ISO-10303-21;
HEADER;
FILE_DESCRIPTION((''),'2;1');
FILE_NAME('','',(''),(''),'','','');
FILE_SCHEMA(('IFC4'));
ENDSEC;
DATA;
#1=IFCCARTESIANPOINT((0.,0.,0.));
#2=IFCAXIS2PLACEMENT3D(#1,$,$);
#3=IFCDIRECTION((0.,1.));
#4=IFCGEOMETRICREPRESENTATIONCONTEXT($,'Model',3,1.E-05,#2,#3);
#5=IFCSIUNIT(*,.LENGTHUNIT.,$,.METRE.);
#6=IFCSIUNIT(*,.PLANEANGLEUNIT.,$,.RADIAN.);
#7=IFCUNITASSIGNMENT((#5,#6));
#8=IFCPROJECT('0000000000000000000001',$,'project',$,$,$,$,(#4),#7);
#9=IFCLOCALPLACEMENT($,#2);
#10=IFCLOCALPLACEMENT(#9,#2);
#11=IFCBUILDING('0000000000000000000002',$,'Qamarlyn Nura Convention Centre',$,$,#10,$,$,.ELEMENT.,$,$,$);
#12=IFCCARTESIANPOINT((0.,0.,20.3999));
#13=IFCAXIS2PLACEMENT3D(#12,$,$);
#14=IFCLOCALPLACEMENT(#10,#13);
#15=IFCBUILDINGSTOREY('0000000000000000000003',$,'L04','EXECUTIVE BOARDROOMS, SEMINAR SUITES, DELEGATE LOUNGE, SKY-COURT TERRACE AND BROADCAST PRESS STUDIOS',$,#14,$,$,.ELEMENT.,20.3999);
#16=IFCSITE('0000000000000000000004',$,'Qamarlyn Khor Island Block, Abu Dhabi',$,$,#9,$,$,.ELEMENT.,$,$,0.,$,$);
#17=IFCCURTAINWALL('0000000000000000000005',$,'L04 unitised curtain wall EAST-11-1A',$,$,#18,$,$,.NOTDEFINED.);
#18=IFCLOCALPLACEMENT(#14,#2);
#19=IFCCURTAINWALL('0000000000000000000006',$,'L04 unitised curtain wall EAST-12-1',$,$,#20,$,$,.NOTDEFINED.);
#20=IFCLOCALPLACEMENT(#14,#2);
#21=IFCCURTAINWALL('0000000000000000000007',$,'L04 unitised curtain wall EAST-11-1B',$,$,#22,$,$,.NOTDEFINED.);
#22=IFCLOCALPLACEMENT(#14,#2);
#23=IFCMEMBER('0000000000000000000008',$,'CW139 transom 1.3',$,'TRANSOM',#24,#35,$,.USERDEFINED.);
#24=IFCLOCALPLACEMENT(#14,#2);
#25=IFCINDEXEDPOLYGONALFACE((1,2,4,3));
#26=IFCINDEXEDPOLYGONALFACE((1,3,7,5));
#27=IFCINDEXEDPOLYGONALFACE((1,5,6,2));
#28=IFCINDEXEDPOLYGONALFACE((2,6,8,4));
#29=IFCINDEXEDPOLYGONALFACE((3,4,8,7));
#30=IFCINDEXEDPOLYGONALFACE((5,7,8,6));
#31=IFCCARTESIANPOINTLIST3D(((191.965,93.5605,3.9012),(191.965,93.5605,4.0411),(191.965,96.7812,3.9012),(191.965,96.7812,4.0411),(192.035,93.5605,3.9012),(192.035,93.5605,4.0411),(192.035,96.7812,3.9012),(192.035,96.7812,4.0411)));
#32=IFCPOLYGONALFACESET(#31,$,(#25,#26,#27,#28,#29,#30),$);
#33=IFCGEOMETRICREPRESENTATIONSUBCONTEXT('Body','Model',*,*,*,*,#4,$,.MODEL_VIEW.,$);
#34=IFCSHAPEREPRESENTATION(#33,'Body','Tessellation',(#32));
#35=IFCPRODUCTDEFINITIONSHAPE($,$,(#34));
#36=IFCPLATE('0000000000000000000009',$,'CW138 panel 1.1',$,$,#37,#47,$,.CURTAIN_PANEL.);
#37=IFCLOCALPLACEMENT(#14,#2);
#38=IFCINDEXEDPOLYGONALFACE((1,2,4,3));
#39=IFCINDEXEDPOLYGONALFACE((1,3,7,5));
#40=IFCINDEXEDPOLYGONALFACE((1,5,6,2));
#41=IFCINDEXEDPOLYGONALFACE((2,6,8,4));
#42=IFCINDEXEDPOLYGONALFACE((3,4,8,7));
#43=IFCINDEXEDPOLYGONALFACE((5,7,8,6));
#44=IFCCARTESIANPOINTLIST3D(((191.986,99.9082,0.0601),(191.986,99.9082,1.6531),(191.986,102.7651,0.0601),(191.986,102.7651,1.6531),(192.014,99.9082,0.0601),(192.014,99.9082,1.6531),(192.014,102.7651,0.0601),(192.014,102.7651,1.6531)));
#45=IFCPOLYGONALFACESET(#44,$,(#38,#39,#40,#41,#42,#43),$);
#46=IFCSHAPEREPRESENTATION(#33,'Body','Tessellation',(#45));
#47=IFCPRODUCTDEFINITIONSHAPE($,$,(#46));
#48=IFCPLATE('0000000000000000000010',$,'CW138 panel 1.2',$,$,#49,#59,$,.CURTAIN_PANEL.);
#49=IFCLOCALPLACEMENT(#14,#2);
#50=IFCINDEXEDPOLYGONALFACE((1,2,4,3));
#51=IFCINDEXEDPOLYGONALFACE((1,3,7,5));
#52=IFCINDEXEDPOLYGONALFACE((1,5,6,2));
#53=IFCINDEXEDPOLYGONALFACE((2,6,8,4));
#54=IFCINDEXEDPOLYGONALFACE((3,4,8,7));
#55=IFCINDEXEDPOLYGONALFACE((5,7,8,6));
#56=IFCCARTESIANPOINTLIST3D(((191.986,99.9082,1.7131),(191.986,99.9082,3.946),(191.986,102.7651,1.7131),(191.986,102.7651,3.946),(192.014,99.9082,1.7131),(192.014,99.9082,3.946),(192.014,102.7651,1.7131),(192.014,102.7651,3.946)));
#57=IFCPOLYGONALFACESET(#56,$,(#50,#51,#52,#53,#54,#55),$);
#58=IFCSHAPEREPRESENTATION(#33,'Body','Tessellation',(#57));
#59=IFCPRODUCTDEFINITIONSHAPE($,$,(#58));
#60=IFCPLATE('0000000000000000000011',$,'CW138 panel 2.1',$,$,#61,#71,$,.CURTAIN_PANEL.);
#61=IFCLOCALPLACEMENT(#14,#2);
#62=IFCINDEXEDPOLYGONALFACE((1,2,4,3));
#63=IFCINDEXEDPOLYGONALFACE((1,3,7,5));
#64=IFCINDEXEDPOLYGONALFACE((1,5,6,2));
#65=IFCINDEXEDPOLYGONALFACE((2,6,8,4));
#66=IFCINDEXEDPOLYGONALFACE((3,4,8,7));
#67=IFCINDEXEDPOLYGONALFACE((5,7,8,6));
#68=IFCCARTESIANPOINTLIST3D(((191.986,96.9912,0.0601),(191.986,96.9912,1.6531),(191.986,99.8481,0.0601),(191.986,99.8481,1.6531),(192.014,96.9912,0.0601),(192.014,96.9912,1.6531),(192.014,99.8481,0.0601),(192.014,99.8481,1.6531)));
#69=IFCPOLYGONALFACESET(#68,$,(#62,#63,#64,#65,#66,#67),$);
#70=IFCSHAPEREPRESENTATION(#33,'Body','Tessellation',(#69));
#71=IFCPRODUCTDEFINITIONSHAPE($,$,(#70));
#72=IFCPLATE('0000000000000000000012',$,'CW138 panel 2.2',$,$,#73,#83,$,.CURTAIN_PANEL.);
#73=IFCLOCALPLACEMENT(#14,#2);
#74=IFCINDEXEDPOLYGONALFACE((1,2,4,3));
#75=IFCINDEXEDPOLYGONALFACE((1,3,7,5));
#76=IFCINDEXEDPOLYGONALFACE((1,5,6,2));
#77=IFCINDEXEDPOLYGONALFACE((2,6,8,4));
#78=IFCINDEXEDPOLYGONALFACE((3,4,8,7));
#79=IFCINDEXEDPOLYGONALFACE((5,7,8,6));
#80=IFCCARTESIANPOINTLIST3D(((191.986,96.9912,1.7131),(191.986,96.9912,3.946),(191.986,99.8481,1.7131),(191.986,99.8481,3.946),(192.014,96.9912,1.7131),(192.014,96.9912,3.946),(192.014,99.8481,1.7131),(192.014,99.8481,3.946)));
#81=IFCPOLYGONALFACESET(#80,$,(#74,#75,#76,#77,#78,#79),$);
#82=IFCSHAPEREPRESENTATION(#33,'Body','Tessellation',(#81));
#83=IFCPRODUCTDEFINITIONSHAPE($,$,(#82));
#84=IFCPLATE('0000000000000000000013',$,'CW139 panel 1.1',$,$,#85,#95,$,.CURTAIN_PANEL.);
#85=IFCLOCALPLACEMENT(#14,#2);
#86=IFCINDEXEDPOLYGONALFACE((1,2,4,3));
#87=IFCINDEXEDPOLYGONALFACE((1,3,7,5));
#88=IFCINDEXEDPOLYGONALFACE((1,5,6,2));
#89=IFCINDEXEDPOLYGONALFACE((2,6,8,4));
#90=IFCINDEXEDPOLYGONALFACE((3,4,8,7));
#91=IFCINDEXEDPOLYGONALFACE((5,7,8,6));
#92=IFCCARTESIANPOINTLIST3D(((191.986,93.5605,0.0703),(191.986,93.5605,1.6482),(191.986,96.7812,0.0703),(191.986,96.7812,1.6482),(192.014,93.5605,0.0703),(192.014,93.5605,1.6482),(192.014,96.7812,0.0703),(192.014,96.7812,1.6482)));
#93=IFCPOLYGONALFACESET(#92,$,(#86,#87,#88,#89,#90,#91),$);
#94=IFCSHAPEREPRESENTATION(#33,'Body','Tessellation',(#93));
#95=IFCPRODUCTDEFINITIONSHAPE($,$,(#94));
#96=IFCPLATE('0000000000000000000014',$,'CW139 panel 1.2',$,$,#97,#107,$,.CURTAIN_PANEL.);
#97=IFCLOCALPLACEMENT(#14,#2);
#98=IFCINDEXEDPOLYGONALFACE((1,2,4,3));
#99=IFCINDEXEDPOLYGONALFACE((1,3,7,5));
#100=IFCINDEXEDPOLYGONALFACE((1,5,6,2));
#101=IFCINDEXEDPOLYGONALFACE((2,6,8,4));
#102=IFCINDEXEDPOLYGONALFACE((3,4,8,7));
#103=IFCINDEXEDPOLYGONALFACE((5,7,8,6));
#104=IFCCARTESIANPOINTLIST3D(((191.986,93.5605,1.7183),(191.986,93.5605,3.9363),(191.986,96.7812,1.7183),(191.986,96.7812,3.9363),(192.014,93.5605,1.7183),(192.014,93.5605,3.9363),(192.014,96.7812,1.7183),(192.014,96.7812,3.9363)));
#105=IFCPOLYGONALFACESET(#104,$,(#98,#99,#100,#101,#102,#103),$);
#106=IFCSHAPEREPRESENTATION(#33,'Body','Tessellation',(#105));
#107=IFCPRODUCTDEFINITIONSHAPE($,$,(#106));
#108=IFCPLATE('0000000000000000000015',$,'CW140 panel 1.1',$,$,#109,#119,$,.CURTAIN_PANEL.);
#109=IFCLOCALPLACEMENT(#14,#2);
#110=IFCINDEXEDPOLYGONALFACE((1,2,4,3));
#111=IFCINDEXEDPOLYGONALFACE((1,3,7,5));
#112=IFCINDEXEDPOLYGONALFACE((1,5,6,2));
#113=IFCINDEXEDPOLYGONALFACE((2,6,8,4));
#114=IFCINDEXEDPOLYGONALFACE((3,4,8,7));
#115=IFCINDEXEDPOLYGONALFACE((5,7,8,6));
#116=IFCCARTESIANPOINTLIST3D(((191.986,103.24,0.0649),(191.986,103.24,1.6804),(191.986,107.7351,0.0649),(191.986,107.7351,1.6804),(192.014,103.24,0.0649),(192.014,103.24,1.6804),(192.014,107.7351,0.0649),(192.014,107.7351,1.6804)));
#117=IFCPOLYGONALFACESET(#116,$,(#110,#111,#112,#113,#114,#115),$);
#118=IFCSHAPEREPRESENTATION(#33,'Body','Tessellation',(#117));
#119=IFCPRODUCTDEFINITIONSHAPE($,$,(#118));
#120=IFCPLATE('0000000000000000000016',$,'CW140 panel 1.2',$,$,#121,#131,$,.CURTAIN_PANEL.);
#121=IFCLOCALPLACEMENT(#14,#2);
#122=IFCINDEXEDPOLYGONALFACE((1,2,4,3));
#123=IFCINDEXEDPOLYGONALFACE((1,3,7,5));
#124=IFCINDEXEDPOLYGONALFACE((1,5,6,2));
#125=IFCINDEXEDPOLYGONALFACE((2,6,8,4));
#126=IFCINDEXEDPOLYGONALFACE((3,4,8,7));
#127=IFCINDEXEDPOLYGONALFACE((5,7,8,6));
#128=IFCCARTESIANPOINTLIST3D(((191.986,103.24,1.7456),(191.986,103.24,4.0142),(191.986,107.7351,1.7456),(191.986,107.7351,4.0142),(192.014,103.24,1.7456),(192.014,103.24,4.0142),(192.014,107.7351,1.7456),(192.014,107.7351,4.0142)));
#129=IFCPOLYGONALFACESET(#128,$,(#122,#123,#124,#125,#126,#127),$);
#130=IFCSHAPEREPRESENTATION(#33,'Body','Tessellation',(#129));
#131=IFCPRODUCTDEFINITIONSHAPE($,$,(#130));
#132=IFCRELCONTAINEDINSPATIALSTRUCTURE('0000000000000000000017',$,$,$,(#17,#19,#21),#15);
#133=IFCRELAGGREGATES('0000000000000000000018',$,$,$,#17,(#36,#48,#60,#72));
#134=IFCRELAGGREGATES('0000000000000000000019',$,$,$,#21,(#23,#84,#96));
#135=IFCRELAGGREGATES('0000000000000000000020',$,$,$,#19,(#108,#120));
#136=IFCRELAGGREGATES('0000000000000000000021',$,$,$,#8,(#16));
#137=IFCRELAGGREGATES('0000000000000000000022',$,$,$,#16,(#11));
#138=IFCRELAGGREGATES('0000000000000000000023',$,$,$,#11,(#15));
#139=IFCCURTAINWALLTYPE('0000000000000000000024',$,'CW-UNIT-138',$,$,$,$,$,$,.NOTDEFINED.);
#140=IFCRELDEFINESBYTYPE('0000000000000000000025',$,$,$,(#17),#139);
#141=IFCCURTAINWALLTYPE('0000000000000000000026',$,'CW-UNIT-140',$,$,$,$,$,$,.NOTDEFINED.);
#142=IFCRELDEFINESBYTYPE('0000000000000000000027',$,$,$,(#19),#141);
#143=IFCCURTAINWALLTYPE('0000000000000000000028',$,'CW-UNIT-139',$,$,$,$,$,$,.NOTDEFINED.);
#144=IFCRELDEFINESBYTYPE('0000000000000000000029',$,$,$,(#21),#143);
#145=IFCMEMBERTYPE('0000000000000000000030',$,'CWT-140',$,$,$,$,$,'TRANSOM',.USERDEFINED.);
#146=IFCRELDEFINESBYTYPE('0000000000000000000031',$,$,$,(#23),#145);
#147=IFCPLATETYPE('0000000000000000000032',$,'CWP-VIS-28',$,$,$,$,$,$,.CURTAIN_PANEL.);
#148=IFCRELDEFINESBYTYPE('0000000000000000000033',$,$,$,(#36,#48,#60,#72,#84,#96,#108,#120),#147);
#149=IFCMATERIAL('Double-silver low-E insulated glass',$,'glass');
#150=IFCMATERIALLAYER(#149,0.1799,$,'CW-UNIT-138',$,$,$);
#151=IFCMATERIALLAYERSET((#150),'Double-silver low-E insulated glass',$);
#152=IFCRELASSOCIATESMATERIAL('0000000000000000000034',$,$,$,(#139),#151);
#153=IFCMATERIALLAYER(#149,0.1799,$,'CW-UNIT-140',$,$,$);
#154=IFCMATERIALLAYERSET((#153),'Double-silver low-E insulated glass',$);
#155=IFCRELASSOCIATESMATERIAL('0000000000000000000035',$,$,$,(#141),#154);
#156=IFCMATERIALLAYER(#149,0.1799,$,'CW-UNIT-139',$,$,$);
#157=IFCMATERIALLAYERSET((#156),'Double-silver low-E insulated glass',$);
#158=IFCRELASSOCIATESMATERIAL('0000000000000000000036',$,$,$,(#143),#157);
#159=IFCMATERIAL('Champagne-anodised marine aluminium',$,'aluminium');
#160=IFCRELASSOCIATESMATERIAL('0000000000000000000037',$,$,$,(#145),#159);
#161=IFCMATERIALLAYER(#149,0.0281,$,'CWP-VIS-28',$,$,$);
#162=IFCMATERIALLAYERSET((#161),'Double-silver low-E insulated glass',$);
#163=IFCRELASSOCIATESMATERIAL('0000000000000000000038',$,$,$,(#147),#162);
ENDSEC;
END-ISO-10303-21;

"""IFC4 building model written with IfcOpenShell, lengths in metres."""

from ifc_helpers import new_model, si_unit, direction, frame, origin, origin_2d, place, context, subcontext, project, spatial, rectangle, extrude, material, layer, layer_set, material_profile, profile_set, type_object, element, aggregate, save


model = new_model("IFC4")

# Units and contexts
model_context = context("Model", 3, precision=1e-05, world=origin(), true_north=direction((0.0, 1.0)))
body_context = subcontext(model_context, "Body", "Model", "MODEL_VIEW")
ifc_project = project(units=[si_unit("LENGTHUNIT", "METRE"), si_unit("PLANEANGLEUNIT", "RADIAN")], contexts=[model_context])

# Site, building, storey
site_placement = place(None, origin())
site = spatial("IfcSite", under=ifc_project, at=site_placement, Name="Qamarlyn Khor Island Block, Abu Dhabi", CompositionType="ELEMENT", RefElevation=0.0)
building_placement = place(site_placement, origin())
building = spatial("IfcBuilding", under=site, at=building_placement, Name="Qamarlyn Nura Convention Centre", CompositionType="ELEMENT")
storey_placement = place(building_placement, frame((0.0, 0.0, 20.3999)))
storey = spatial("IfcBuildingStorey", under=building, at=storey_placement, Name="L04", Description="EXECUTIVE BOARDROOMS, SEMINAR SUITES, DELEGATE LOUNGE, SKY-COURT TERRACE AND BROADCAST PRESS STUDIOS", CompositionType="ELEMENT", Elevation=20.3999)

# Curtain walls
ifc_material_1 = material(Name="Double-silver low-E insulated glass", Category="glass")
ifc_layer_1 = layer(ifc_material_1, 0.1799, Name="CW-UNIT-138")
ifc_layer_set_1 = layer_set([ifc_layer_1], Name="Double-silver low-E insulated glass")
curtain_wall_type_1 = type_object("IfcCurtainWallType", Name="CW-UNIT-138", PredefinedType="NOTDEFINED", material=ifc_layer_set_1)
curtain_wall_1_placement = place(storey_placement, origin())
curtain_wall_1 = element("IfcCurtainWall", 1, at=curtain_wall_1_placement, inside=storey, type_object=curtain_wall_type_1, Name="L04 unitised curtain wall EAST-11-1A", PredefinedType="NOTDEFINED")
ifc_material_2 = material(Name="Champagne-anodised marine aluminium", Category="aluminium")
ifc_layer_2 = layer(ifc_material_1, 0.1799, Name="CW-UNIT-140")
ifc_layer_set_2 = layer_set([ifc_layer_2], Name="Double-silver low-E insulated glass")
curtain_wall_type_2 = type_object("IfcCurtainWallType", Name="CW-UNIT-140", PredefinedType="NOTDEFINED", material=ifc_layer_set_2)
curtain_wall_2_placement = place(storey_placement, origin())
curtain_wall_2 = element("IfcCurtainWall", 2, at=curtain_wall_2_placement, inside=storey, type_object=curtain_wall_type_2, Name="L04 unitised curtain wall EAST-12-1", PredefinedType="NOTDEFINED")
ifc_layer_3 = layer(ifc_material_1, 0.1799, Name="CW-UNIT-139")
ifc_layer_set_3 = layer_set([ifc_layer_3], Name="Double-silver low-E insulated glass")
curtain_wall_type_3 = type_object("IfcCurtainWallType", Name="CW-UNIT-139", PredefinedType="NOTDEFINED", material=ifc_layer_set_3)
curtain_wall_3_placement = place(storey_placement, origin())
curtain_wall_3 = element("IfcCurtainWall", 3, at=curtain_wall_3_placement, inside=storey, type_object=curtain_wall_type_3, Name="L04 unitised curtain wall EAST-11-1B", PredefinedType="NOTDEFINED")

# Member
ifc_material_profile_1 = material_profile(ifc_material_2, rectangle(XDim=0.0701, YDim=0.1399, at=origin_2d()), Name="ALU TRANSOM 70x140")
ifc_profile_set_1 = profile_set([ifc_material_profile_1], Name="Champagne-anodised marine aluminium")
member_type_1 = type_object("IfcMemberType", Name="CWT-140", ElementType="TRANSOM", PredefinedType="USERDEFINED", material=ifc_profile_set_1)
member_1_placement = place(storey_placement, frame((192.0, 96.7812, 3.9712), z_axis=(0.0, -1.0, 0.0), x_axis=(1.0, 0.0, 0.0)))
member_1 = element("IfcMember", 4, at=member_1_placement, type_object=member_type_1, Name="CW139 transom 1.3", ObjectType="TRANSOM", PredefinedType="USERDEFINED", context=body_context, shape_type="SweptSolid", body=[
    extrude(rectangle(XDim=0.0701, YDim=0.1399, at=origin_2d()), origin(), (0.0, 0.0, 1.0), 3.2207),
])

# Plates
ifc_layer_4 = layer(ifc_material_1, 0.0281, Name="CWP-VIS-28")
ifc_layer_set_4 = layer_set([ifc_layer_4], Name="Double-silver low-E insulated glass")
plate_type = type_object("IfcPlateType", Name="CWP-VIS-28", PredefinedType="CURTAIN_PANEL", material=ifc_layer_set_4)
plate_1_placement = place(storey_placement, frame((192.0, 101.3367, 0.0601), z_axis=(0.0, 0.0, 1.0), x_axis=(0.0, -1.0, 0.0)))
plate_1 = element("IfcPlate", 5, at=plate_1_placement, type_object=plate_type, Name="CW138 panel 1.1", PredefinedType="CURTAIN_PANEL", context=body_context, shape_type="SweptSolid", body=[
    extrude(rectangle(XDim=2.8569, YDim=0.0281, at=origin_2d()), origin(), (0.0, 0.0, 1.0), 1.593),
])
plate_2_placement = place(storey_placement, frame((192.0, 101.3367, 1.7131), z_axis=(0.0, 0.0, 1.0), x_axis=(0.0, -1.0, 0.0)))
plate_2 = element("IfcPlate", 6, at=plate_2_placement, type_object=plate_type, Name="CW138 panel 1.2", PredefinedType="CURTAIN_PANEL", context=body_context, shape_type="SweptSolid", body=[
    extrude(rectangle(XDim=2.8569, YDim=0.0281, at=origin_2d()), origin(), (0.0, 0.0, 1.0), 2.2329),
])
plate_3_placement = place(storey_placement, frame((192.0, 98.4197, 0.0601), z_axis=(0.0, 0.0, 1.0), x_axis=(0.0, -1.0, 0.0)))
plate_3 = element("IfcPlate", 7, at=plate_3_placement, type_object=plate_type, Name="CW138 panel 2.1", PredefinedType="CURTAIN_PANEL", context=body_context, shape_type="SweptSolid", body=[
    extrude(rectangle(XDim=2.8569, YDim=0.0281, at=origin_2d()), origin(), (0.0, 0.0, 1.0), 1.593),
])
plate_4_placement = place(storey_placement, frame((192.0, 98.4197, 1.7131), z_axis=(0.0, 0.0, 1.0), x_axis=(0.0, -1.0, 0.0)))
plate_4 = element("IfcPlate", 8, at=plate_4_placement, type_object=plate_type, Name="CW138 panel 2.2", PredefinedType="CURTAIN_PANEL", context=body_context, shape_type="SweptSolid", body=[
    extrude(rectangle(XDim=2.8569, YDim=0.0281, at=origin_2d()), origin(), (0.0, 0.0, 1.0), 2.2329),
])
aggregate(curtain_wall_1, [plate_1, plate_2, plate_3, plate_4])
plate_5_placement = place(storey_placement, frame((192.0, 95.1709, 0.0703), z_axis=(0.0, 0.0, 1.0), x_axis=(0.0, -1.0, 0.0)))
plate_5 = element("IfcPlate", 9, at=plate_5_placement, type_object=plate_type, Name="CW139 panel 1.1", PredefinedType="CURTAIN_PANEL", context=body_context, shape_type="SweptSolid", body=[
    extrude(rectangle(XDim=3.2207, YDim=0.0281, at=origin_2d()), origin(), (0.0, 0.0, 1.0), 1.5779),
])
plate_6_placement = place(storey_placement, frame((192.0, 95.1709, 1.7183), z_axis=(0.0, 0.0, 1.0), x_axis=(0.0, -1.0, 0.0)))
plate_6 = element("IfcPlate", 10, at=plate_6_placement, type_object=plate_type, Name="CW139 panel 1.2", PredefinedType="CURTAIN_PANEL", context=body_context, shape_type="SweptSolid", body=[
    extrude(rectangle(XDim=3.2207, YDim=0.0281, at=origin_2d()), origin(), (0.0, 0.0, 1.0), 2.218),
])
aggregate(curtain_wall_3, [member_1, plate_5, plate_6])
plate_7_placement = place(storey_placement, frame((192.0, 105.4875, 0.0649), z_axis=(0.0, 0.0, 1.0), x_axis=(0.0, -1.0, 0.0)))
plate_7 = element("IfcPlate", 11, at=plate_7_placement, type_object=plate_type, Name="CW140 panel 1.1", PredefinedType="CURTAIN_PANEL", context=body_context, shape_type="SweptSolid", body=[
    extrude(rectangle(XDim=4.4951, YDim=0.0281, at=origin_2d()), origin(), (0.0, 0.0, 1.0), 1.6155),
])
plate_8_placement = place(storey_placement, frame((192.0, 105.4875, 1.7456), z_axis=(0.0, 0.0, 1.0), x_axis=(0.0, -1.0, 0.0)))
plate_8 = element("IfcPlate", 12, at=plate_8_placement, type_object=plate_type, Name="CW140 panel 1.2", PredefinedType="CURTAIN_PANEL", context=body_context, shape_type="SweptSolid", body=[
    extrude(rectangle(XDim=4.4951, YDim=0.0281, at=origin_2d()), origin(), (0.0, 0.0, 1.0), 2.2686),
])
aggregate(curtain_wall_2, [plate_7, plate_8])

save(model, "model.ifc")
